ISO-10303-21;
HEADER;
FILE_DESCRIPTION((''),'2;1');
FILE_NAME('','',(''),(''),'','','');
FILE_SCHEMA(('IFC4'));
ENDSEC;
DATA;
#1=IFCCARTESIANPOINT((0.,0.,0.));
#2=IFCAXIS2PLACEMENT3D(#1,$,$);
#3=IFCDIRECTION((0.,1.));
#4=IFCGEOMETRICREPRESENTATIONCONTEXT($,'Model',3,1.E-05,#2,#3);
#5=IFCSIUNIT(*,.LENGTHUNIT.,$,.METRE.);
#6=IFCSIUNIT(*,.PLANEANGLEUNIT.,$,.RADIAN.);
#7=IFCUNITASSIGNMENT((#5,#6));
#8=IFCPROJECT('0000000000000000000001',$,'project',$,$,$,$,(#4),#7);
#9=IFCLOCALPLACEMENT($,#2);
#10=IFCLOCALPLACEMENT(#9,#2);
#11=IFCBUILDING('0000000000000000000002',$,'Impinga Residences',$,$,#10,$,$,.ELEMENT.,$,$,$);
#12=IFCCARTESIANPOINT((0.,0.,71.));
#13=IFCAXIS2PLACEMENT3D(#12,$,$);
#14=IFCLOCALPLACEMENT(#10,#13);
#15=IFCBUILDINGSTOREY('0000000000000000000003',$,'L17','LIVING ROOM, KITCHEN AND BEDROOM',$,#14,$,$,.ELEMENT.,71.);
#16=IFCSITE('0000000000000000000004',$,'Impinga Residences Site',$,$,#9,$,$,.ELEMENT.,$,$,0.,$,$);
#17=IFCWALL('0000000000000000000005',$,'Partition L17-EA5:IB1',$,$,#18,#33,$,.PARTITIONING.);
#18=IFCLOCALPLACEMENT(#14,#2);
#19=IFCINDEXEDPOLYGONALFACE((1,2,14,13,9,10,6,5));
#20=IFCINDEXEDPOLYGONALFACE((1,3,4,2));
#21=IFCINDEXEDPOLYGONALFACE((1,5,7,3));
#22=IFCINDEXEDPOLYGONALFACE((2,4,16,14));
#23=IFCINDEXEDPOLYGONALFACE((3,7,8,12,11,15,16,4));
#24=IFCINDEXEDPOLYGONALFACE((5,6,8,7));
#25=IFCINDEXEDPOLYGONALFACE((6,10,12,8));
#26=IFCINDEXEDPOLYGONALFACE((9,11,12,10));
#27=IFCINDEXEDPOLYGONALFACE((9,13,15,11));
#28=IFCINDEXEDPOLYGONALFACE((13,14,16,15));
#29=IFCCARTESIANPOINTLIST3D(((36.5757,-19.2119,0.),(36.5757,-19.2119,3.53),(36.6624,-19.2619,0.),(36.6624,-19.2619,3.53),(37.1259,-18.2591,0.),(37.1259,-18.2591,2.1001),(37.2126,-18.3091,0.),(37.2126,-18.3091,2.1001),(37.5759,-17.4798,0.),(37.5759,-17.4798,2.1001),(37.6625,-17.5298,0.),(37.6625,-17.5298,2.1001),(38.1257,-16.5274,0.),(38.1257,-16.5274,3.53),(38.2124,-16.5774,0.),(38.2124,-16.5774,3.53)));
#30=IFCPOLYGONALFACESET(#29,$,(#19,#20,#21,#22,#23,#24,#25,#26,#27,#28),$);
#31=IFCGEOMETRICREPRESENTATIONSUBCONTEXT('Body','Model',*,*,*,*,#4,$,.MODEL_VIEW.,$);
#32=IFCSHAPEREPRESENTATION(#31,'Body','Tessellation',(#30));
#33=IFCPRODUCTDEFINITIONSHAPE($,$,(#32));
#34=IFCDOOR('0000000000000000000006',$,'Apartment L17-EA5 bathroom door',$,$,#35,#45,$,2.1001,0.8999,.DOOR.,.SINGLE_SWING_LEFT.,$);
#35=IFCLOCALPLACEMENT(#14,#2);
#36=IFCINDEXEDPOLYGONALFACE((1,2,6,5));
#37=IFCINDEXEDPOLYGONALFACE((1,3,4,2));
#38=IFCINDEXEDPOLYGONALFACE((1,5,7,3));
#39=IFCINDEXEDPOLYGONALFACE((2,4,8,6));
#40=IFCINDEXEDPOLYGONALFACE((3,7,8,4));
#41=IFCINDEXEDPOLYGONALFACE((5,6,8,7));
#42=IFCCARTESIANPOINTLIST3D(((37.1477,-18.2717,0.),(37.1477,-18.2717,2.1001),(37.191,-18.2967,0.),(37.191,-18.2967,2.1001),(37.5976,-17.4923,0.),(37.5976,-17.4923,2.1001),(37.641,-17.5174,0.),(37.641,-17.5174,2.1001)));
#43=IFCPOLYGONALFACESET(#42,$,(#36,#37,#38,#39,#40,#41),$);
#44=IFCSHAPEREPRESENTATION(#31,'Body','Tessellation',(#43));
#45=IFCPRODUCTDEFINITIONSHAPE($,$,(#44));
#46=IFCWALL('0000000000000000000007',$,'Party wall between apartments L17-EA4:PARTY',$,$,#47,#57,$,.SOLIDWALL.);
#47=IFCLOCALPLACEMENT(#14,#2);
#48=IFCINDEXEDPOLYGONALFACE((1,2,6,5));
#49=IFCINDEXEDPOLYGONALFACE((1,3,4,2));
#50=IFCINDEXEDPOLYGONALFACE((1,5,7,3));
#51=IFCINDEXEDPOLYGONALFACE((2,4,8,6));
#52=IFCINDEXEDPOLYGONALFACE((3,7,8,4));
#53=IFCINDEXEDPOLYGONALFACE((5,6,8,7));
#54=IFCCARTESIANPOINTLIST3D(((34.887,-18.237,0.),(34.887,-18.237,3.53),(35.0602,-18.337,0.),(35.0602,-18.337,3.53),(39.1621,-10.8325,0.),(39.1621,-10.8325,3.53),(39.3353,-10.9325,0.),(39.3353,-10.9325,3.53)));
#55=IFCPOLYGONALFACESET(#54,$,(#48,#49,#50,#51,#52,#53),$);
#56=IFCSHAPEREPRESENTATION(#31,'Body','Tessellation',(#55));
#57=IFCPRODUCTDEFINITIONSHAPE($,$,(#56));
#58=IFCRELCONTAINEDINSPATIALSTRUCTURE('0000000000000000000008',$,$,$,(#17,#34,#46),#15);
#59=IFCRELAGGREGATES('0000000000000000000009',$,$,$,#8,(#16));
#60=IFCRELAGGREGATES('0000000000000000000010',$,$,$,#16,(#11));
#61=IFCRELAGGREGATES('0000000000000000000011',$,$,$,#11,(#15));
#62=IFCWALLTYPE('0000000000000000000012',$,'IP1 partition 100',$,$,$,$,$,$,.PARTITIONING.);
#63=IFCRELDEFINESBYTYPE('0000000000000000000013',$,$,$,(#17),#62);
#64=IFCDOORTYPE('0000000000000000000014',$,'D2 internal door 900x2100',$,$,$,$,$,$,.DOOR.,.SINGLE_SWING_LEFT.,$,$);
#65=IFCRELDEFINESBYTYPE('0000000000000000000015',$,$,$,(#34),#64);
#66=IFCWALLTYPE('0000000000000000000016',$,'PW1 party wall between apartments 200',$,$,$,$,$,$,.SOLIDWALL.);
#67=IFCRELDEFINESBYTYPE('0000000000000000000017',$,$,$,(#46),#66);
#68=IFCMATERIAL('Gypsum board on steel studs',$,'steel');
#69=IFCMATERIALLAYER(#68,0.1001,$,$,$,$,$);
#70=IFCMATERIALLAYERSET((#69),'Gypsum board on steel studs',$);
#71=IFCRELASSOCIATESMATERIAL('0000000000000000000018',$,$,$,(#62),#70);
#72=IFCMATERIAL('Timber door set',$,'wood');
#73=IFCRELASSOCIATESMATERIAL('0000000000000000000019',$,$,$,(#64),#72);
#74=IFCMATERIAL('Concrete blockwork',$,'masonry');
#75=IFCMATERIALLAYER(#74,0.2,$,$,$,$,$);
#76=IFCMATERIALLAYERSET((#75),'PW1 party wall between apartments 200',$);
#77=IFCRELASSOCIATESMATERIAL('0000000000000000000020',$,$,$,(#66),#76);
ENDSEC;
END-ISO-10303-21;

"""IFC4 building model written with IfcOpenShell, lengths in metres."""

from ifc_helpers import new_model, si_unit, direction, frame, frame_2d, origin, place, context, subcontext, project, spatial, rectangle, extrude, material, layer, layer_set, type_object, element, fill, save


model = new_model("IFC4")

# Units and contexts
model_context = context("Model", 3, precision=1e-05, world=origin(), true_north=direction((0.0, 1.0)))
body_context = subcontext(model_context, "Body", "Model", "MODEL_VIEW")
ifc_project = project(units=[si_unit("LENGTHUNIT", "METRE"), si_unit("PLANEANGLEUNIT", "RADIAN")], contexts=[model_context])

# Site, building, storey
site_placement = place(None, origin())
site = spatial("IfcSite", under=ifc_project, at=site_placement, Name="Impinga Residences Site", CompositionType="ELEMENT", RefElevation=0.0)
building_placement = place(site_placement, origin())
building = spatial("IfcBuilding", under=site, at=building_placement, Name="Impinga Residences", CompositionType="ELEMENT")
storey_placement = place(building_placement, frame((0.0, 0.0, 71.0)))
storey = spatial("IfcBuildingStorey", under=building, at=storey_placement, Name="L17", Description="LIVING ROOM, KITCHEN AND BEDROOM", CompositionType="ELEMENT", Elevation=71.0)

# Shared definitions
ifc_material_1 = material(Name="Gypsum board on steel studs", Category="steel")
ifc_layer_1 = layer(ifc_material_1, 0.1001)
ifc_layer_set_1 = layer_set([ifc_layer_1], Name="Gypsum board on steel studs")
wall_type_1 = type_object("IfcWallType", Name="IP1 partition 100", PredefinedType="PARTITIONING", material=ifc_layer_set_1)

# Wall, opening, door
wall_1_placement = place(storey_placement, frame((36.6191, -19.2368, 0.0), z_axis=(0.0, 0.0, 1.0), x_axis=(0.500027, 0.86601, 0.0)))
wall_1 = element("IfcWall", 1, at=wall_1_placement, inside=storey, type_object=wall_type_1, Name="Partition L17-EA5:IB1", PredefinedType="PARTITIONING", context=body_context, shape_type="SweptSolid", body=[
    extrude(rectangle(XDim=3.0999, YDim=0.1001, at=frame_2d((1.5498, 0.0))), origin(), (0.0, 0.0, 1.0), 3.53),
])
opening_1_placement = place(wall_1_placement, frame((1.1001, 0.0, 0.0)))
opening_1 = element("IfcOpeningElement", 2, at=opening_1_placement, cuts=wall_1, PredefinedType="OPENING", context=body_context, shape_type="SweptSolid", body=[
    extrude(rectangle(XDim=0.8999, YDim=2.1001, at=frame_2d((0.45, 1.05))), frame((0.0, 0.0601, 0.0), z_axis=(0.0, -1.0, 0.0), x_axis=(1.0, 0.0, 0.0)), (0.0, 0.0, 1.0), 0.1201),
])
ifc_material_2 = material(Name="Timber door set", Category="wood")
door_type = type_object("IfcDoorType", Name="D2 internal door 900x2100", OperationType="SINGLE_SWING_LEFT", PredefinedType="DOOR", material=ifc_material_2)
door_placement = place(opening_1_placement, origin())
door = element("IfcDoor", 3, at=door_placement, inside=storey, type_object=door_type, Name="Apartment L17-EA5 bathroom door", OperationType="SINGLE_SWING_LEFT", OverallHeight=2.1001, OverallWidth=0.8999, PredefinedType="DOOR", context=body_context, shape_type="SweptSolid", body=[
    extrude(rectangle(XDim=0.8999, YDim=2.1001, at=frame_2d((0.45, 1.05))), frame((0.0, 0.0249, 0.0), z_axis=(0.0, -1.0, 0.0), x_axis=(1.0, 0.0, 0.0)), (0.0, 0.0, 1.0), 0.05),
])
fill(opening_1, door)

# Wall
ifc_material_3 = material(Name="Concrete blockwork", Category="masonry")
ifc_layer_2 = layer(ifc_material_3, 0.2)
ifc_layer_set_2 = layer_set([ifc_layer_2], Name="PW1 party wall between apartments 200")
wall_type_2 = type_object("IfcWallType", Name="PW1 party wall between apartments 200", PredefinedType="SOLIDWALL", material=ifc_layer_set_2)
wall_2_placement = place(storey_placement, frame((34.9736, -18.2869, 0.0), z_axis=(0.0, 0.0, 1.0), x_axis=(0.500012, 0.866019, 0.0)))
element("IfcWall", 4, at=wall_2_placement, inside=storey, type_object=wall_type_2, Name="Party wall between apartments L17-EA4:PARTY", PredefinedType="SOLIDWALL", context=body_context, shape_type="SweptSolid", body=[
    extrude(rectangle(XDim=8.55, YDim=0.2, at=frame_2d((4.2749, 0.0))), origin(), (0.0, 0.0, 1.0), 3.53),
])

save(model, "model.ifc")
